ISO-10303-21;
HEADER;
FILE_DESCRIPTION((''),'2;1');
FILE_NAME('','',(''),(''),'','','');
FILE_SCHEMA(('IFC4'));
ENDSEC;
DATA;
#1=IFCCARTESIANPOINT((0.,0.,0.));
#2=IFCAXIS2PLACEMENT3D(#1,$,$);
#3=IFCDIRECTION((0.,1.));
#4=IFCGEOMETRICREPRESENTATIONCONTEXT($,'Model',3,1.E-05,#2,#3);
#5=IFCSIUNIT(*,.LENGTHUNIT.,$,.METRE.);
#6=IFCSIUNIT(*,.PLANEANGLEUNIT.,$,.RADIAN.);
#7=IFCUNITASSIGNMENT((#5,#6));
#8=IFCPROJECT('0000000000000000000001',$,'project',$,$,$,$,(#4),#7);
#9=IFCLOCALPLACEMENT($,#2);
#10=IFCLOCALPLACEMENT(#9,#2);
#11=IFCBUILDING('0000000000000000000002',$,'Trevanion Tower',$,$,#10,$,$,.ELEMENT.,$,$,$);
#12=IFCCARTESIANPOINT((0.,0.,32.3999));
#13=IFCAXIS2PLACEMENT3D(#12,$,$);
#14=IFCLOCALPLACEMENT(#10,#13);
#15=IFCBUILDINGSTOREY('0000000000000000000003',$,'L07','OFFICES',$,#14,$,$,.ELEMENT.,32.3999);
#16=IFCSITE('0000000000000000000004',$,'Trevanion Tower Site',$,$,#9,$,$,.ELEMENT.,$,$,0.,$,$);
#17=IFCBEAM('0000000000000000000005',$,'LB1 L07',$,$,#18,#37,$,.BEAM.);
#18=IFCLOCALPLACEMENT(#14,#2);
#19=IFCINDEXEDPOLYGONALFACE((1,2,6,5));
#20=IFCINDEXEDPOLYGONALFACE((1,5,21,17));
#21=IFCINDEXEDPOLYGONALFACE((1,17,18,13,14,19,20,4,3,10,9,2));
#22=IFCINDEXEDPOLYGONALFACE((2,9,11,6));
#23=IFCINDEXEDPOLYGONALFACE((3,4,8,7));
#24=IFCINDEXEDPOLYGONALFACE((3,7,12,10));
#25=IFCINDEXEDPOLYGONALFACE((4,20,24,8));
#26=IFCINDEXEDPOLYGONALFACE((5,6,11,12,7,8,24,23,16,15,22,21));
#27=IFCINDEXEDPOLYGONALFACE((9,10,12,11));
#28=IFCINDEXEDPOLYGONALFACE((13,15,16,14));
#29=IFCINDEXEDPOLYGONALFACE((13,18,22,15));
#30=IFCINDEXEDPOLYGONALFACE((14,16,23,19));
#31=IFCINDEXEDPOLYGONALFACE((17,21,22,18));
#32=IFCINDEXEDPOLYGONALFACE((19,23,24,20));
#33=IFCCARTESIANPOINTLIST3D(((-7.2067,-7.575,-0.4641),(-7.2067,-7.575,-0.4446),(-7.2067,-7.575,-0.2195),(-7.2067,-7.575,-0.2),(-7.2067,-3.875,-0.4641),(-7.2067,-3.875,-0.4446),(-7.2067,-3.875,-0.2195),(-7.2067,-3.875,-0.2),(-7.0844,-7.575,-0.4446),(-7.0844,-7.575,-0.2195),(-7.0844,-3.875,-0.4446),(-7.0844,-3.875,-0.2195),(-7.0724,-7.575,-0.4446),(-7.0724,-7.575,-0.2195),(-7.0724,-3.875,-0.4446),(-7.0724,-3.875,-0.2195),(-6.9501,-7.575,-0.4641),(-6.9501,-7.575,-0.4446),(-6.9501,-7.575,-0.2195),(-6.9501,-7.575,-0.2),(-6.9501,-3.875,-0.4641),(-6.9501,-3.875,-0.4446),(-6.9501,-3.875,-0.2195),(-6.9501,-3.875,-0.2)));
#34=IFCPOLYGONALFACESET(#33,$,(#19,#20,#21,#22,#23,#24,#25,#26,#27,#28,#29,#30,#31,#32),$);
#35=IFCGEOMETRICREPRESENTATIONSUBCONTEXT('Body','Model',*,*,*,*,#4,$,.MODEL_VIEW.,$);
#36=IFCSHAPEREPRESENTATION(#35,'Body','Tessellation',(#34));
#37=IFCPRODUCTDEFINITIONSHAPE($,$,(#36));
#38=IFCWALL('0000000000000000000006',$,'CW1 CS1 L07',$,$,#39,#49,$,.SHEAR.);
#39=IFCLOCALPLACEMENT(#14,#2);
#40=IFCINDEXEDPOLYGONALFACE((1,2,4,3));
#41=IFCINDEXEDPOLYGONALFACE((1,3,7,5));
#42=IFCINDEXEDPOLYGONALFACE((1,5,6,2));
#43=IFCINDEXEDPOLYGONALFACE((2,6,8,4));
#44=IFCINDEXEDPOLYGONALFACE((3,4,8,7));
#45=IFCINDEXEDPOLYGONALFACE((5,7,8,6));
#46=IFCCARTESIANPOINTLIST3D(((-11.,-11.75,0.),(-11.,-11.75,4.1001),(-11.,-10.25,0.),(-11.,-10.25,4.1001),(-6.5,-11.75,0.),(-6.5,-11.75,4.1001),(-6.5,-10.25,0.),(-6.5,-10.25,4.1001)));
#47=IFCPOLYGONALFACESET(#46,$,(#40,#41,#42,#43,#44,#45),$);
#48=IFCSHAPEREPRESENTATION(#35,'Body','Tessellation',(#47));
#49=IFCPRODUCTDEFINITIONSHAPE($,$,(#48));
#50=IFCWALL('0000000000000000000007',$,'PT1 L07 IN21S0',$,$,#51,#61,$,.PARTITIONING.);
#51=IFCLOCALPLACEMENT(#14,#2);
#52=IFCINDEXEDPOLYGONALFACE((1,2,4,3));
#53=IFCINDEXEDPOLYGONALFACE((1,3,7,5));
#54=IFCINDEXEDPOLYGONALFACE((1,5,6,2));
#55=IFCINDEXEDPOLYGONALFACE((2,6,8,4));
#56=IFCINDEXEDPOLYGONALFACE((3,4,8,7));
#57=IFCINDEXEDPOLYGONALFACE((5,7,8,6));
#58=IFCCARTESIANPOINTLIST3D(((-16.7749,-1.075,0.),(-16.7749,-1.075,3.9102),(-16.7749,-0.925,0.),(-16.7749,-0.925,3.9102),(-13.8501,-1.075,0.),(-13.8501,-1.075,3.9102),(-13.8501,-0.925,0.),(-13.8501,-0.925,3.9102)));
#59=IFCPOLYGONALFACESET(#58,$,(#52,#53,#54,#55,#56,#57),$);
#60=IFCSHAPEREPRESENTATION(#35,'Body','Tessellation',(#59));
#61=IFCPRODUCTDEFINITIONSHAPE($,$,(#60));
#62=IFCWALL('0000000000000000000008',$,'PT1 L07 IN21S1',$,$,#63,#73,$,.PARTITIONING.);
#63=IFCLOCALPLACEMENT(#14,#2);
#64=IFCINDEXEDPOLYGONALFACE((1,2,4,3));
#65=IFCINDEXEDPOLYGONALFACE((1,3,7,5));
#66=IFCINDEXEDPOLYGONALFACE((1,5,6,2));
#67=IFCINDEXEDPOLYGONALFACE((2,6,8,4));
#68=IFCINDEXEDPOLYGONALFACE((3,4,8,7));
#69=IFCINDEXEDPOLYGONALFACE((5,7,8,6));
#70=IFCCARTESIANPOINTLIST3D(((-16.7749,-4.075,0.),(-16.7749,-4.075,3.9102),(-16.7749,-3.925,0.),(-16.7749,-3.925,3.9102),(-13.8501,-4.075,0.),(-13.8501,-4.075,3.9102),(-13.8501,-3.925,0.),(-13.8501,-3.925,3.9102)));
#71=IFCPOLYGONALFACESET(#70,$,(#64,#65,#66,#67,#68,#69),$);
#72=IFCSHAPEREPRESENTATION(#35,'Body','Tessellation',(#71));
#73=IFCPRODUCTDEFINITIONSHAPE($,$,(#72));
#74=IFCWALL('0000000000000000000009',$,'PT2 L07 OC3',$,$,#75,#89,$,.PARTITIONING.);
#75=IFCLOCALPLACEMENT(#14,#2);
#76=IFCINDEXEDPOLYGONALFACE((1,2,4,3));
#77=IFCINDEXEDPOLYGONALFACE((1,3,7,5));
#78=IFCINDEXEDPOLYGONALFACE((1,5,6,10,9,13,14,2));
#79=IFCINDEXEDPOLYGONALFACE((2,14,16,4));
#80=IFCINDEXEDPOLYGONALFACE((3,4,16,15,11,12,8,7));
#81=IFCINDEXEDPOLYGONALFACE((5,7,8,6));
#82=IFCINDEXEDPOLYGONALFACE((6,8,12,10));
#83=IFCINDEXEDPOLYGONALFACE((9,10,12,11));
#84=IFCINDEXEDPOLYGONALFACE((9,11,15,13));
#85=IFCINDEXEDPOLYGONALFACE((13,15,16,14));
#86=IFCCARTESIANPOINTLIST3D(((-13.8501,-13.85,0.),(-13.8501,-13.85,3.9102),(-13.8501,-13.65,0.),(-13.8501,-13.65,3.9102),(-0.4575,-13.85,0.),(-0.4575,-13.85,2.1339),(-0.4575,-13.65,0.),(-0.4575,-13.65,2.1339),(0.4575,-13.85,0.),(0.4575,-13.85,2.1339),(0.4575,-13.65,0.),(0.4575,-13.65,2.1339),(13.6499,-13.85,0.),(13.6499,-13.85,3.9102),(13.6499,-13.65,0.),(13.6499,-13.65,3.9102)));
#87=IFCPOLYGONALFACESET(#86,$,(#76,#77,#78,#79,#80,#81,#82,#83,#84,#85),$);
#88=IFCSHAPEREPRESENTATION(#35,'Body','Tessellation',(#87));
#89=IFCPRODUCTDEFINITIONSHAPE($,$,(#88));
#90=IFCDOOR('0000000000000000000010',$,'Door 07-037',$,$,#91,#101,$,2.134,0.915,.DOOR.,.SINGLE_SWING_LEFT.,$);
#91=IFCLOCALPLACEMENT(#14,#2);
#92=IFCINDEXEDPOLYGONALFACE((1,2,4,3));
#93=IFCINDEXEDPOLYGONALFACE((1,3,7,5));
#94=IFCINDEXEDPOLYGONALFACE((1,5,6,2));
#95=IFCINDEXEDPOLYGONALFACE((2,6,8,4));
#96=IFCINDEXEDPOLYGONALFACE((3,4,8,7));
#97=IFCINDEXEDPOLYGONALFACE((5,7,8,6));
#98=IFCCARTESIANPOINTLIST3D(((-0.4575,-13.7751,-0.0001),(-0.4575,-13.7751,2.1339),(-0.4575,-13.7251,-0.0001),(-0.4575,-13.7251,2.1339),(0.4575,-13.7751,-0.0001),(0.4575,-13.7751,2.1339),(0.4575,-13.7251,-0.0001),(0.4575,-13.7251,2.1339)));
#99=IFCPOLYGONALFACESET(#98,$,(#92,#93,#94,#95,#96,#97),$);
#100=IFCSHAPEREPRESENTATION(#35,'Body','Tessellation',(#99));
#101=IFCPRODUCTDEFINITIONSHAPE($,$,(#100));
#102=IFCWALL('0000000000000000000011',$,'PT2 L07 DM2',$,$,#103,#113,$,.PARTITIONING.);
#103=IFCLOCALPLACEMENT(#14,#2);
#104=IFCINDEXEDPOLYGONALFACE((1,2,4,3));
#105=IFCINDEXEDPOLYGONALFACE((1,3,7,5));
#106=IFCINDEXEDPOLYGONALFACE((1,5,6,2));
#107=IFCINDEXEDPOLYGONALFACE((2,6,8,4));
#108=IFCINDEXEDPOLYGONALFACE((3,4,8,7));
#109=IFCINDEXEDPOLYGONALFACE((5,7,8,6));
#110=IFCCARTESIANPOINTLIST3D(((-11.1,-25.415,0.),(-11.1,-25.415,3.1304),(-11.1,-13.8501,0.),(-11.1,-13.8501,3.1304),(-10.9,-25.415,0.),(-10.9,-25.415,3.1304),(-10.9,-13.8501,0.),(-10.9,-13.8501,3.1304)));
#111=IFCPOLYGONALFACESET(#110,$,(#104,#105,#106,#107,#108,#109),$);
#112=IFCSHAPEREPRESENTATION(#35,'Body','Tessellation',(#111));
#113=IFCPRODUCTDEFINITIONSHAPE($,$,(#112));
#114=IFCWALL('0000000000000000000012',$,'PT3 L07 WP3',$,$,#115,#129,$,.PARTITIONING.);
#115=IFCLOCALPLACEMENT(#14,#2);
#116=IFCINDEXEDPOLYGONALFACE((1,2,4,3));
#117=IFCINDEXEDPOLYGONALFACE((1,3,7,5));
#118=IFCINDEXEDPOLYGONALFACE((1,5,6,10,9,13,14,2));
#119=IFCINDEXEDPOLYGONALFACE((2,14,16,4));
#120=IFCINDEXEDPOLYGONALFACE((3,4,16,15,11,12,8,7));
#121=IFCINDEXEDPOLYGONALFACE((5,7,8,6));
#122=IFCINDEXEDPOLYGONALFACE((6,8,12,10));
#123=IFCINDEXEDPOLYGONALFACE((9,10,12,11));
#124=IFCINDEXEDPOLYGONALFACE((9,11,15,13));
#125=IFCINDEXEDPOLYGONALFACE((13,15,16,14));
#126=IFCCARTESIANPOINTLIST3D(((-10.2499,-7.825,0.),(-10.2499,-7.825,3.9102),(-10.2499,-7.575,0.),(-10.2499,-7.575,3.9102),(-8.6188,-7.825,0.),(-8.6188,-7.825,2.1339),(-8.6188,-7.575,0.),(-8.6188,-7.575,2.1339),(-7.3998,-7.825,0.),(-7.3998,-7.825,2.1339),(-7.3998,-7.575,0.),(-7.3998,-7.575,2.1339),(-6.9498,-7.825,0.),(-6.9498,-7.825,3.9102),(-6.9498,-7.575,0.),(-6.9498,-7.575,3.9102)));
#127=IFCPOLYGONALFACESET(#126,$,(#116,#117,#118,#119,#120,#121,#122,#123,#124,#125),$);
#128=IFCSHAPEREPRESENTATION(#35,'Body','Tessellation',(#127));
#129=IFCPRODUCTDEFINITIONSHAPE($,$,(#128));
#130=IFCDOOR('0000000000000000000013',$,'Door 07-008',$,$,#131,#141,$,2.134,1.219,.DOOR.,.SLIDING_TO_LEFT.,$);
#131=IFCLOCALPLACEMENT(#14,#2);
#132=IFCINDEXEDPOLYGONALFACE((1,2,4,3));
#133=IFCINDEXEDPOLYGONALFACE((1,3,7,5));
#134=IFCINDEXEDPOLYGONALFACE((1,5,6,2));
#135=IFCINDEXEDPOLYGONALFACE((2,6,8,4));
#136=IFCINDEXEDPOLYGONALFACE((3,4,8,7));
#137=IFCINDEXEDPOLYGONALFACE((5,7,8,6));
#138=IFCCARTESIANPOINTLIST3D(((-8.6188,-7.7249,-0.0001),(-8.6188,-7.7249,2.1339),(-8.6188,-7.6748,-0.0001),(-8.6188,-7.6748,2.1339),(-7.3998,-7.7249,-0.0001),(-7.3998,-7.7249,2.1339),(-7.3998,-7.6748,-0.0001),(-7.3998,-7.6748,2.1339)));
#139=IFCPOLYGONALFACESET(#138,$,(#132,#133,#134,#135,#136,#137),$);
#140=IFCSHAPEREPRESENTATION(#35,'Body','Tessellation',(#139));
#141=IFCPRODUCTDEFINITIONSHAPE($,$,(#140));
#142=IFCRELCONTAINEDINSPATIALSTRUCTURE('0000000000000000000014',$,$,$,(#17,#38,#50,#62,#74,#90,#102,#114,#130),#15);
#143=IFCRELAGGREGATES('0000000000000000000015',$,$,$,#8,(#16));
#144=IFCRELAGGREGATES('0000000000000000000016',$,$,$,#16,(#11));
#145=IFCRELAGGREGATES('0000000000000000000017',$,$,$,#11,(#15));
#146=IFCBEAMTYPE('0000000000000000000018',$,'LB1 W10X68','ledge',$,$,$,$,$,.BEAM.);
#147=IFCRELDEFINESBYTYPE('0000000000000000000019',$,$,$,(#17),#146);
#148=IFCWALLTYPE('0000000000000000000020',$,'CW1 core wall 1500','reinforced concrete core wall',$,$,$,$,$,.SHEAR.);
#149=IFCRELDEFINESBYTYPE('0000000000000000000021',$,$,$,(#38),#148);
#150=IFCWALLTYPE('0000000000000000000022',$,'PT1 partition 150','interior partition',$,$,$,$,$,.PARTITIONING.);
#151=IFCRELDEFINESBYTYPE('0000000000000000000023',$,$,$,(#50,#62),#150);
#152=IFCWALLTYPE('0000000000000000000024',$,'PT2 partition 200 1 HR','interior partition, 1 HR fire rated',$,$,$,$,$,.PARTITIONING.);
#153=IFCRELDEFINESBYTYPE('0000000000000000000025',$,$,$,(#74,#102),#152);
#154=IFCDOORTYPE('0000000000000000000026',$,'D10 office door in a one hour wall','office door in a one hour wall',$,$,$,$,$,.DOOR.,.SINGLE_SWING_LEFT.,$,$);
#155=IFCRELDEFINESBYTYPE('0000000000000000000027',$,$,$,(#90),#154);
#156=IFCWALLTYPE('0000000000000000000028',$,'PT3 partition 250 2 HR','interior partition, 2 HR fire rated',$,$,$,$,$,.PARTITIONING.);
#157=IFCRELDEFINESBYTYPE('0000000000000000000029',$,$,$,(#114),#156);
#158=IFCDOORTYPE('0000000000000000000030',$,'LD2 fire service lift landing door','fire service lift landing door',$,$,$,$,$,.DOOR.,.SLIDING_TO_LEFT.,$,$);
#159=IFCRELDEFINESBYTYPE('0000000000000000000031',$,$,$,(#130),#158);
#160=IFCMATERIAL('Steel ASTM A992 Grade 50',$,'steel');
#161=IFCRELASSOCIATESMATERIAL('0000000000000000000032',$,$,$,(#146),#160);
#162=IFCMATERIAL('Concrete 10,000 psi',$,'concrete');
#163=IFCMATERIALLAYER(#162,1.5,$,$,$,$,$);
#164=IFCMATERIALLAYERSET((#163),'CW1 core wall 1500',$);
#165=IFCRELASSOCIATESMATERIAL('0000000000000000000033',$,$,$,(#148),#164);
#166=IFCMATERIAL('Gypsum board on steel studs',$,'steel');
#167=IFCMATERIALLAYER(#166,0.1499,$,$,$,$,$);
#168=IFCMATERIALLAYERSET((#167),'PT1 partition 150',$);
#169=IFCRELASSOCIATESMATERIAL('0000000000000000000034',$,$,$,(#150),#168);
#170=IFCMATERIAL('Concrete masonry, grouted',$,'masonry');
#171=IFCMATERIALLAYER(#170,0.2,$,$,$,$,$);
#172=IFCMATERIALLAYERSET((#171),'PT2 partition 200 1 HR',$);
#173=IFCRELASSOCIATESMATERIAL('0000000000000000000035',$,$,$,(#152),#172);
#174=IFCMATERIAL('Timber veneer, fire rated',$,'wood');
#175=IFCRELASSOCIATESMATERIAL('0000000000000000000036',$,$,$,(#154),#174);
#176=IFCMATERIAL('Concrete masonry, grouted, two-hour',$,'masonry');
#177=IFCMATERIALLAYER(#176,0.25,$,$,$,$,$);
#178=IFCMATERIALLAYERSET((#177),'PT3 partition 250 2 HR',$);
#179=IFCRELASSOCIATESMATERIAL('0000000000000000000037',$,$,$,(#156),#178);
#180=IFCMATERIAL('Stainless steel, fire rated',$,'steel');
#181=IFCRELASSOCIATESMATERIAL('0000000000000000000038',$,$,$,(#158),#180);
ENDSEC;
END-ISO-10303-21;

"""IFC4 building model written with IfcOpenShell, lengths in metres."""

from ifc_helpers import new_model, si_unit, direction, frame, frame_2d, origin, origin_2d, place, context, subcontext, project, spatial, rectangle, i_section, extrude, material, layer, layer_set, material_profile, profile_set, type_object, element, fill, save


model = new_model("IFC4")

# Units and contexts
model_context = context("Model", 3, precision=1e-05, world=origin(), true_north=direction((0.0, 1.0)))
body_context = subcontext(model_context, "Body", "Model", "MODEL_VIEW")
ifc_project = project(units=[si_unit("LENGTHUNIT", "METRE"), si_unit("PLANEANGLEUNIT", "RADIAN")], contexts=[model_context])

# Site, building, storey
site_placement = place(None, origin())
site = spatial("IfcSite", under=ifc_project, at=site_placement, Name="Trevanion Tower Site", CompositionType="ELEMENT", RefElevation=0.0)
building_placement = place(site_placement, origin())
building = spatial("IfcBuilding", under=site, at=building_placement, Name="Trevanion Tower", CompositionType="ELEMENT")
storey_placement = place(building_placement, frame((0.0, 0.0, 32.3999)))
storey = spatial("IfcBuildingStorey", under=building, at=storey_placement, Name="L07", Description="OFFICES", CompositionType="ELEMENT", Elevation=32.3999)

# Beam
ifc_material_1 = material(Name="Steel ASTM A992 Grade 50", Category="steel")
ifc_material_profile_1 = material_profile(ifc_material_1, i_section(OverallWidth=0.2566, OverallDepth=0.2642, WebThickness=0.012, FlangeThickness=0.0195, at=origin_2d()), Name="W10X68")
ifc_profile_set_1 = profile_set([ifc_material_profile_1], Name="Steel ASTM A992 Grade 50")
beam_type_1 = type_object("IfcBeamType", Name="LB1 W10X68", Description="ledge", PredefinedType="BEAM", material=ifc_profile_set_1)
for number, where, z_axis, x_axis, name in (
    (1, (-7.0784, -7.575, -0.332), (0.0, 1.0, 0.0), (-1.0, 0.0, 0.0), "LB1 L07"),
):
    element("IfcBeam", number, at=place(storey_placement, frame(where, z_axis=z_axis, x_axis=x_axis)), inside=storey, type_object=beam_type_1, Name=name, PredefinedType="BEAM", context=body_context, shape_type="SweptSolid", body=[
        extrude(i_section(OverallWidth=0.2566, OverallDepth=0.2642, WebThickness=0.012, FlangeThickness=0.0195, at=origin_2d()), origin(), (0.0, 0.0, 1.0), 3.7),
    ])

# Walls
ifc_material_2 = material(Name="Concrete 10,000 psi", Category="concrete")
ifc_layer_1 = layer(ifc_material_2, 1.5)
ifc_layer_set_1 = layer_set([ifc_layer_1], Name="CW1 core wall 1500")
wall_type_1 = type_object("IfcWallType", Name="CW1 core wall 1500", Description="reinforced concrete core wall", PredefinedType="SHEAR", material=ifc_layer_set_1)
wall_1_placement = place(storey_placement, frame((-11.0, -11.0, 0.0), z_axis=(0.0, 0.0, 1.0), x_axis=(1.0, 0.0, 0.0)))
element("IfcWall", 2, at=wall_1_placement, inside=storey, type_object=wall_type_1, Name="CW1 CS1 L07", PredefinedType="SHEAR", context=body_context, shape_type="SweptSolid", body=[
    extrude(rectangle(XDim=4.5, YDim=1.5, at=frame_2d((2.25, 0.0))), origin(), (0.0, 0.0, 1.0), 4.1001),
])
ifc_material_3 = material(Name="Gypsum board on steel studs", Category="steel")
ifc_layer_2 = layer(ifc_material_3, 0.1499)
ifc_layer_set_2 = layer_set([ifc_layer_2], Name="PT1 partition 150")
wall_type_2 = type_object("IfcWallType", Name="PT1 partition 150", Description="interior partition", PredefinedType="PARTITIONING", material=ifc_layer_set_2)
for number, where, z_axis, x_axis, name in (
    (3, (-16.7749, -1.0, 0.0), (0.0, 0.0, 1.0), (1.0, 0.0, 0.0), "PT1 L07 IN21S0"),
    (4, (-16.7749, -4.0, 0.0), (0.0, 0.0, 1.0), (1.0, 0.0, 0.0), "PT1 L07 IN21S1"),
):
    element("IfcWall", number, at=place(storey_placement, frame(where, z_axis=z_axis, x_axis=x_axis)), inside=storey, type_object=wall_type_2, Name=name, PredefinedType="PARTITIONING", context=body_context, shape_type="SweptSolid", body=[
        extrude(rectangle(XDim=2.9248, YDim=0.1499, at=frame_2d((1.4624, 0.0))), origin(), (0.0, 0.0, 1.0), 3.9102),
    ])

# Wall, opening, door
ifc_material_4 = material(Name="Concrete masonry, grouted", Category="masonry")
ifc_layer_3 = layer(ifc_material_4, 0.2)
ifc_layer_set_3 = layer_set([ifc_layer_3], Name="PT2 partition 200 1 HR")
wall_type_3 = type_object("IfcWallType", Name="PT2 partition 200 1 HR", Description="interior partition, 1 HR fire rated", PredefinedType="PARTITIONING", material=ifc_layer_set_3)
wall_2_placement = place(storey_placement, frame((-13.8501, -13.75, 0.0), z_axis=(0.0, 0.0, 1.0), x_axis=(1.0, 0.0, 0.0)))
wall_2 = element("IfcWall", 5, at=wall_2_placement, inside=storey, type_object=wall_type_3, Name="PT2 L07 OC3", PredefinedType="PARTITIONING", context=body_context, shape_type="SweptSolid", body=[
    extrude(rectangle(XDim=27.5, YDim=0.2, at=frame_2d((13.75, 0.0))), origin(), (0.0, 0.0, 1.0), 3.9102),
])
opening_1_placement = place(wall_2_placement, frame((13.3926, 0.0, 0.0)))
opening_1 = element("IfcOpeningElement", 6, at=opening_1_placement, cuts=wall_2, PredefinedType="OPENING", context=body_context, shape_type="SweptSolid", body=[
    extrude(rectangle(XDim=0.915, YDim=2.134, at=frame_2d((0.4575, 1.0669))), frame((0.0, 0.1099, 0.0), z_axis=(0.0, -1.0, 0.0), x_axis=(1.0, 0.0, 0.0)), (0.0, 0.0, 1.0), 0.22),
])
ifc_material_5 = material(Name="Timber veneer, fire rated", Category="wood")
door_type_1 = type_object("IfcDoorType", Name="D10 office door in a one hour wall", Description="office door in a one hour wall", OperationType="SINGLE_SWING_LEFT", PredefinedType="DOOR", material=ifc_material_5)
door_1_placement = place(opening_1_placement, origin())
door_1 = element("IfcDoor", 7, at=door_1_placement, inside=storey, type_object=door_type_1, Name="Door 07-037", OperationType="SINGLE_SWING_LEFT", OverallHeight=2.134, OverallWidth=0.915, PredefinedType="DOOR", context=body_context, shape_type="SweptSolid", body=[
    extrude(rectangle(XDim=0.915, YDim=2.134, at=frame_2d((0.4575, 1.0669))), frame((0.0, 0.0249, 0.0), z_axis=(0.0, -1.0, 0.0), x_axis=(1.0, 0.0, 0.0)), (0.0, 0.0, 1.0), 0.05),
])
fill(opening_1, door_1)

# Wall
wall_3_placement = place(storey_placement, frame((-11.0, -13.8501, 0.0), z_axis=(0.0, 0.0, 1.0), x_axis=(0.0, -1.0, 0.0)))
element("IfcWall", 8, at=wall_3_placement, inside=storey, type_object=wall_type_3, Name="PT2 L07 DM2", PredefinedType="PARTITIONING", context=body_context, shape_type="SweptSolid", body=[
    extrude(rectangle(XDim=11.5649, YDim=0.2, at=frame_2d((5.7825, 0.0))), origin(), (0.0, 0.0, 1.0), 3.1304),
])

# Wall, opening, door
ifc_material_6 = material(Name="Concrete masonry, grouted, two-hour", Category="masonry")
ifc_layer_4 = layer(ifc_material_6, 0.25)
ifc_layer_set_4 = layer_set([ifc_layer_4], Name="PT3 partition 250 2 HR")
wall_type_4 = type_object("IfcWallType", Name="PT3 partition 250 2 HR", Description="interior partition, 2 HR fire rated", PredefinedType="PARTITIONING", material=ifc_layer_set_4)
wall_4_placement = place(storey_placement, frame((-6.95, -7.7, 0.0), z_axis=(0.0, 0.0, 1.0), x_axis=(-1.0, 0.0, 0.0)))
wall_4 = element("IfcWall", 9, at=wall_4_placement, inside=storey, type_object=wall_type_4, Name="PT3 L07 WP3", PredefinedType="PARTITIONING", context=body_context, shape_type="SweptSolid", body=[
    extrude(rectangle(XDim=3.3, YDim=0.25, at=frame_2d((1.6499, 0.0))), origin(), (0.0, 0.0, 1.0), 3.9102),
])
opening_2_placement = place(wall_4_placement, frame((0.45, 0.0, 0.0)))
opening_2 = element("IfcOpeningElement", 10, at=opening_2_placement, cuts=wall_4, PredefinedType="OPENING", context=body_context, shape_type="SweptSolid", body=[
    extrude(rectangle(XDim=1.219, YDim=2.134, at=frame_2d((0.6094, 1.0669))), frame((0.0, 0.135, 0.0), z_axis=(0.0, -1.0, 0.0), x_axis=(1.0, 0.0, 0.0)), (0.0, 0.0, 1.0), 0.27),
])
ifc_material_7 = material(Name="Stainless steel, fire rated", Category="steel")
door_type_2 = type_object("IfcDoorType", Name="LD2 fire service lift landing door", Description="fire service lift landing door", OperationType="SLIDING_TO_LEFT", PredefinedType="DOOR", material=ifc_material_7)
door_2_placement = place(opening_2_placement, origin())
door_2 = element("IfcDoor", 11, at=door_2_placement, inside=storey, type_object=door_type_2, Name="Door 07-008", OperationType="SLIDING_TO_LEFT", OverallHeight=2.134, OverallWidth=1.219, PredefinedType="DOOR", context=body_context, shape_type="SweptSolid", body=[
    extrude(rectangle(XDim=1.219, YDim=2.134, at=frame_2d((0.6094, 1.0669))), frame((0.0, 0.0249, 0.0), z_axis=(0.0, -1.0, 0.0), x_axis=(1.0, 0.0, 0.0)), (0.0, 0.0, 1.0), 0.05),
])
fill(opening_2, door_2)

save(model, "model.ifc")
